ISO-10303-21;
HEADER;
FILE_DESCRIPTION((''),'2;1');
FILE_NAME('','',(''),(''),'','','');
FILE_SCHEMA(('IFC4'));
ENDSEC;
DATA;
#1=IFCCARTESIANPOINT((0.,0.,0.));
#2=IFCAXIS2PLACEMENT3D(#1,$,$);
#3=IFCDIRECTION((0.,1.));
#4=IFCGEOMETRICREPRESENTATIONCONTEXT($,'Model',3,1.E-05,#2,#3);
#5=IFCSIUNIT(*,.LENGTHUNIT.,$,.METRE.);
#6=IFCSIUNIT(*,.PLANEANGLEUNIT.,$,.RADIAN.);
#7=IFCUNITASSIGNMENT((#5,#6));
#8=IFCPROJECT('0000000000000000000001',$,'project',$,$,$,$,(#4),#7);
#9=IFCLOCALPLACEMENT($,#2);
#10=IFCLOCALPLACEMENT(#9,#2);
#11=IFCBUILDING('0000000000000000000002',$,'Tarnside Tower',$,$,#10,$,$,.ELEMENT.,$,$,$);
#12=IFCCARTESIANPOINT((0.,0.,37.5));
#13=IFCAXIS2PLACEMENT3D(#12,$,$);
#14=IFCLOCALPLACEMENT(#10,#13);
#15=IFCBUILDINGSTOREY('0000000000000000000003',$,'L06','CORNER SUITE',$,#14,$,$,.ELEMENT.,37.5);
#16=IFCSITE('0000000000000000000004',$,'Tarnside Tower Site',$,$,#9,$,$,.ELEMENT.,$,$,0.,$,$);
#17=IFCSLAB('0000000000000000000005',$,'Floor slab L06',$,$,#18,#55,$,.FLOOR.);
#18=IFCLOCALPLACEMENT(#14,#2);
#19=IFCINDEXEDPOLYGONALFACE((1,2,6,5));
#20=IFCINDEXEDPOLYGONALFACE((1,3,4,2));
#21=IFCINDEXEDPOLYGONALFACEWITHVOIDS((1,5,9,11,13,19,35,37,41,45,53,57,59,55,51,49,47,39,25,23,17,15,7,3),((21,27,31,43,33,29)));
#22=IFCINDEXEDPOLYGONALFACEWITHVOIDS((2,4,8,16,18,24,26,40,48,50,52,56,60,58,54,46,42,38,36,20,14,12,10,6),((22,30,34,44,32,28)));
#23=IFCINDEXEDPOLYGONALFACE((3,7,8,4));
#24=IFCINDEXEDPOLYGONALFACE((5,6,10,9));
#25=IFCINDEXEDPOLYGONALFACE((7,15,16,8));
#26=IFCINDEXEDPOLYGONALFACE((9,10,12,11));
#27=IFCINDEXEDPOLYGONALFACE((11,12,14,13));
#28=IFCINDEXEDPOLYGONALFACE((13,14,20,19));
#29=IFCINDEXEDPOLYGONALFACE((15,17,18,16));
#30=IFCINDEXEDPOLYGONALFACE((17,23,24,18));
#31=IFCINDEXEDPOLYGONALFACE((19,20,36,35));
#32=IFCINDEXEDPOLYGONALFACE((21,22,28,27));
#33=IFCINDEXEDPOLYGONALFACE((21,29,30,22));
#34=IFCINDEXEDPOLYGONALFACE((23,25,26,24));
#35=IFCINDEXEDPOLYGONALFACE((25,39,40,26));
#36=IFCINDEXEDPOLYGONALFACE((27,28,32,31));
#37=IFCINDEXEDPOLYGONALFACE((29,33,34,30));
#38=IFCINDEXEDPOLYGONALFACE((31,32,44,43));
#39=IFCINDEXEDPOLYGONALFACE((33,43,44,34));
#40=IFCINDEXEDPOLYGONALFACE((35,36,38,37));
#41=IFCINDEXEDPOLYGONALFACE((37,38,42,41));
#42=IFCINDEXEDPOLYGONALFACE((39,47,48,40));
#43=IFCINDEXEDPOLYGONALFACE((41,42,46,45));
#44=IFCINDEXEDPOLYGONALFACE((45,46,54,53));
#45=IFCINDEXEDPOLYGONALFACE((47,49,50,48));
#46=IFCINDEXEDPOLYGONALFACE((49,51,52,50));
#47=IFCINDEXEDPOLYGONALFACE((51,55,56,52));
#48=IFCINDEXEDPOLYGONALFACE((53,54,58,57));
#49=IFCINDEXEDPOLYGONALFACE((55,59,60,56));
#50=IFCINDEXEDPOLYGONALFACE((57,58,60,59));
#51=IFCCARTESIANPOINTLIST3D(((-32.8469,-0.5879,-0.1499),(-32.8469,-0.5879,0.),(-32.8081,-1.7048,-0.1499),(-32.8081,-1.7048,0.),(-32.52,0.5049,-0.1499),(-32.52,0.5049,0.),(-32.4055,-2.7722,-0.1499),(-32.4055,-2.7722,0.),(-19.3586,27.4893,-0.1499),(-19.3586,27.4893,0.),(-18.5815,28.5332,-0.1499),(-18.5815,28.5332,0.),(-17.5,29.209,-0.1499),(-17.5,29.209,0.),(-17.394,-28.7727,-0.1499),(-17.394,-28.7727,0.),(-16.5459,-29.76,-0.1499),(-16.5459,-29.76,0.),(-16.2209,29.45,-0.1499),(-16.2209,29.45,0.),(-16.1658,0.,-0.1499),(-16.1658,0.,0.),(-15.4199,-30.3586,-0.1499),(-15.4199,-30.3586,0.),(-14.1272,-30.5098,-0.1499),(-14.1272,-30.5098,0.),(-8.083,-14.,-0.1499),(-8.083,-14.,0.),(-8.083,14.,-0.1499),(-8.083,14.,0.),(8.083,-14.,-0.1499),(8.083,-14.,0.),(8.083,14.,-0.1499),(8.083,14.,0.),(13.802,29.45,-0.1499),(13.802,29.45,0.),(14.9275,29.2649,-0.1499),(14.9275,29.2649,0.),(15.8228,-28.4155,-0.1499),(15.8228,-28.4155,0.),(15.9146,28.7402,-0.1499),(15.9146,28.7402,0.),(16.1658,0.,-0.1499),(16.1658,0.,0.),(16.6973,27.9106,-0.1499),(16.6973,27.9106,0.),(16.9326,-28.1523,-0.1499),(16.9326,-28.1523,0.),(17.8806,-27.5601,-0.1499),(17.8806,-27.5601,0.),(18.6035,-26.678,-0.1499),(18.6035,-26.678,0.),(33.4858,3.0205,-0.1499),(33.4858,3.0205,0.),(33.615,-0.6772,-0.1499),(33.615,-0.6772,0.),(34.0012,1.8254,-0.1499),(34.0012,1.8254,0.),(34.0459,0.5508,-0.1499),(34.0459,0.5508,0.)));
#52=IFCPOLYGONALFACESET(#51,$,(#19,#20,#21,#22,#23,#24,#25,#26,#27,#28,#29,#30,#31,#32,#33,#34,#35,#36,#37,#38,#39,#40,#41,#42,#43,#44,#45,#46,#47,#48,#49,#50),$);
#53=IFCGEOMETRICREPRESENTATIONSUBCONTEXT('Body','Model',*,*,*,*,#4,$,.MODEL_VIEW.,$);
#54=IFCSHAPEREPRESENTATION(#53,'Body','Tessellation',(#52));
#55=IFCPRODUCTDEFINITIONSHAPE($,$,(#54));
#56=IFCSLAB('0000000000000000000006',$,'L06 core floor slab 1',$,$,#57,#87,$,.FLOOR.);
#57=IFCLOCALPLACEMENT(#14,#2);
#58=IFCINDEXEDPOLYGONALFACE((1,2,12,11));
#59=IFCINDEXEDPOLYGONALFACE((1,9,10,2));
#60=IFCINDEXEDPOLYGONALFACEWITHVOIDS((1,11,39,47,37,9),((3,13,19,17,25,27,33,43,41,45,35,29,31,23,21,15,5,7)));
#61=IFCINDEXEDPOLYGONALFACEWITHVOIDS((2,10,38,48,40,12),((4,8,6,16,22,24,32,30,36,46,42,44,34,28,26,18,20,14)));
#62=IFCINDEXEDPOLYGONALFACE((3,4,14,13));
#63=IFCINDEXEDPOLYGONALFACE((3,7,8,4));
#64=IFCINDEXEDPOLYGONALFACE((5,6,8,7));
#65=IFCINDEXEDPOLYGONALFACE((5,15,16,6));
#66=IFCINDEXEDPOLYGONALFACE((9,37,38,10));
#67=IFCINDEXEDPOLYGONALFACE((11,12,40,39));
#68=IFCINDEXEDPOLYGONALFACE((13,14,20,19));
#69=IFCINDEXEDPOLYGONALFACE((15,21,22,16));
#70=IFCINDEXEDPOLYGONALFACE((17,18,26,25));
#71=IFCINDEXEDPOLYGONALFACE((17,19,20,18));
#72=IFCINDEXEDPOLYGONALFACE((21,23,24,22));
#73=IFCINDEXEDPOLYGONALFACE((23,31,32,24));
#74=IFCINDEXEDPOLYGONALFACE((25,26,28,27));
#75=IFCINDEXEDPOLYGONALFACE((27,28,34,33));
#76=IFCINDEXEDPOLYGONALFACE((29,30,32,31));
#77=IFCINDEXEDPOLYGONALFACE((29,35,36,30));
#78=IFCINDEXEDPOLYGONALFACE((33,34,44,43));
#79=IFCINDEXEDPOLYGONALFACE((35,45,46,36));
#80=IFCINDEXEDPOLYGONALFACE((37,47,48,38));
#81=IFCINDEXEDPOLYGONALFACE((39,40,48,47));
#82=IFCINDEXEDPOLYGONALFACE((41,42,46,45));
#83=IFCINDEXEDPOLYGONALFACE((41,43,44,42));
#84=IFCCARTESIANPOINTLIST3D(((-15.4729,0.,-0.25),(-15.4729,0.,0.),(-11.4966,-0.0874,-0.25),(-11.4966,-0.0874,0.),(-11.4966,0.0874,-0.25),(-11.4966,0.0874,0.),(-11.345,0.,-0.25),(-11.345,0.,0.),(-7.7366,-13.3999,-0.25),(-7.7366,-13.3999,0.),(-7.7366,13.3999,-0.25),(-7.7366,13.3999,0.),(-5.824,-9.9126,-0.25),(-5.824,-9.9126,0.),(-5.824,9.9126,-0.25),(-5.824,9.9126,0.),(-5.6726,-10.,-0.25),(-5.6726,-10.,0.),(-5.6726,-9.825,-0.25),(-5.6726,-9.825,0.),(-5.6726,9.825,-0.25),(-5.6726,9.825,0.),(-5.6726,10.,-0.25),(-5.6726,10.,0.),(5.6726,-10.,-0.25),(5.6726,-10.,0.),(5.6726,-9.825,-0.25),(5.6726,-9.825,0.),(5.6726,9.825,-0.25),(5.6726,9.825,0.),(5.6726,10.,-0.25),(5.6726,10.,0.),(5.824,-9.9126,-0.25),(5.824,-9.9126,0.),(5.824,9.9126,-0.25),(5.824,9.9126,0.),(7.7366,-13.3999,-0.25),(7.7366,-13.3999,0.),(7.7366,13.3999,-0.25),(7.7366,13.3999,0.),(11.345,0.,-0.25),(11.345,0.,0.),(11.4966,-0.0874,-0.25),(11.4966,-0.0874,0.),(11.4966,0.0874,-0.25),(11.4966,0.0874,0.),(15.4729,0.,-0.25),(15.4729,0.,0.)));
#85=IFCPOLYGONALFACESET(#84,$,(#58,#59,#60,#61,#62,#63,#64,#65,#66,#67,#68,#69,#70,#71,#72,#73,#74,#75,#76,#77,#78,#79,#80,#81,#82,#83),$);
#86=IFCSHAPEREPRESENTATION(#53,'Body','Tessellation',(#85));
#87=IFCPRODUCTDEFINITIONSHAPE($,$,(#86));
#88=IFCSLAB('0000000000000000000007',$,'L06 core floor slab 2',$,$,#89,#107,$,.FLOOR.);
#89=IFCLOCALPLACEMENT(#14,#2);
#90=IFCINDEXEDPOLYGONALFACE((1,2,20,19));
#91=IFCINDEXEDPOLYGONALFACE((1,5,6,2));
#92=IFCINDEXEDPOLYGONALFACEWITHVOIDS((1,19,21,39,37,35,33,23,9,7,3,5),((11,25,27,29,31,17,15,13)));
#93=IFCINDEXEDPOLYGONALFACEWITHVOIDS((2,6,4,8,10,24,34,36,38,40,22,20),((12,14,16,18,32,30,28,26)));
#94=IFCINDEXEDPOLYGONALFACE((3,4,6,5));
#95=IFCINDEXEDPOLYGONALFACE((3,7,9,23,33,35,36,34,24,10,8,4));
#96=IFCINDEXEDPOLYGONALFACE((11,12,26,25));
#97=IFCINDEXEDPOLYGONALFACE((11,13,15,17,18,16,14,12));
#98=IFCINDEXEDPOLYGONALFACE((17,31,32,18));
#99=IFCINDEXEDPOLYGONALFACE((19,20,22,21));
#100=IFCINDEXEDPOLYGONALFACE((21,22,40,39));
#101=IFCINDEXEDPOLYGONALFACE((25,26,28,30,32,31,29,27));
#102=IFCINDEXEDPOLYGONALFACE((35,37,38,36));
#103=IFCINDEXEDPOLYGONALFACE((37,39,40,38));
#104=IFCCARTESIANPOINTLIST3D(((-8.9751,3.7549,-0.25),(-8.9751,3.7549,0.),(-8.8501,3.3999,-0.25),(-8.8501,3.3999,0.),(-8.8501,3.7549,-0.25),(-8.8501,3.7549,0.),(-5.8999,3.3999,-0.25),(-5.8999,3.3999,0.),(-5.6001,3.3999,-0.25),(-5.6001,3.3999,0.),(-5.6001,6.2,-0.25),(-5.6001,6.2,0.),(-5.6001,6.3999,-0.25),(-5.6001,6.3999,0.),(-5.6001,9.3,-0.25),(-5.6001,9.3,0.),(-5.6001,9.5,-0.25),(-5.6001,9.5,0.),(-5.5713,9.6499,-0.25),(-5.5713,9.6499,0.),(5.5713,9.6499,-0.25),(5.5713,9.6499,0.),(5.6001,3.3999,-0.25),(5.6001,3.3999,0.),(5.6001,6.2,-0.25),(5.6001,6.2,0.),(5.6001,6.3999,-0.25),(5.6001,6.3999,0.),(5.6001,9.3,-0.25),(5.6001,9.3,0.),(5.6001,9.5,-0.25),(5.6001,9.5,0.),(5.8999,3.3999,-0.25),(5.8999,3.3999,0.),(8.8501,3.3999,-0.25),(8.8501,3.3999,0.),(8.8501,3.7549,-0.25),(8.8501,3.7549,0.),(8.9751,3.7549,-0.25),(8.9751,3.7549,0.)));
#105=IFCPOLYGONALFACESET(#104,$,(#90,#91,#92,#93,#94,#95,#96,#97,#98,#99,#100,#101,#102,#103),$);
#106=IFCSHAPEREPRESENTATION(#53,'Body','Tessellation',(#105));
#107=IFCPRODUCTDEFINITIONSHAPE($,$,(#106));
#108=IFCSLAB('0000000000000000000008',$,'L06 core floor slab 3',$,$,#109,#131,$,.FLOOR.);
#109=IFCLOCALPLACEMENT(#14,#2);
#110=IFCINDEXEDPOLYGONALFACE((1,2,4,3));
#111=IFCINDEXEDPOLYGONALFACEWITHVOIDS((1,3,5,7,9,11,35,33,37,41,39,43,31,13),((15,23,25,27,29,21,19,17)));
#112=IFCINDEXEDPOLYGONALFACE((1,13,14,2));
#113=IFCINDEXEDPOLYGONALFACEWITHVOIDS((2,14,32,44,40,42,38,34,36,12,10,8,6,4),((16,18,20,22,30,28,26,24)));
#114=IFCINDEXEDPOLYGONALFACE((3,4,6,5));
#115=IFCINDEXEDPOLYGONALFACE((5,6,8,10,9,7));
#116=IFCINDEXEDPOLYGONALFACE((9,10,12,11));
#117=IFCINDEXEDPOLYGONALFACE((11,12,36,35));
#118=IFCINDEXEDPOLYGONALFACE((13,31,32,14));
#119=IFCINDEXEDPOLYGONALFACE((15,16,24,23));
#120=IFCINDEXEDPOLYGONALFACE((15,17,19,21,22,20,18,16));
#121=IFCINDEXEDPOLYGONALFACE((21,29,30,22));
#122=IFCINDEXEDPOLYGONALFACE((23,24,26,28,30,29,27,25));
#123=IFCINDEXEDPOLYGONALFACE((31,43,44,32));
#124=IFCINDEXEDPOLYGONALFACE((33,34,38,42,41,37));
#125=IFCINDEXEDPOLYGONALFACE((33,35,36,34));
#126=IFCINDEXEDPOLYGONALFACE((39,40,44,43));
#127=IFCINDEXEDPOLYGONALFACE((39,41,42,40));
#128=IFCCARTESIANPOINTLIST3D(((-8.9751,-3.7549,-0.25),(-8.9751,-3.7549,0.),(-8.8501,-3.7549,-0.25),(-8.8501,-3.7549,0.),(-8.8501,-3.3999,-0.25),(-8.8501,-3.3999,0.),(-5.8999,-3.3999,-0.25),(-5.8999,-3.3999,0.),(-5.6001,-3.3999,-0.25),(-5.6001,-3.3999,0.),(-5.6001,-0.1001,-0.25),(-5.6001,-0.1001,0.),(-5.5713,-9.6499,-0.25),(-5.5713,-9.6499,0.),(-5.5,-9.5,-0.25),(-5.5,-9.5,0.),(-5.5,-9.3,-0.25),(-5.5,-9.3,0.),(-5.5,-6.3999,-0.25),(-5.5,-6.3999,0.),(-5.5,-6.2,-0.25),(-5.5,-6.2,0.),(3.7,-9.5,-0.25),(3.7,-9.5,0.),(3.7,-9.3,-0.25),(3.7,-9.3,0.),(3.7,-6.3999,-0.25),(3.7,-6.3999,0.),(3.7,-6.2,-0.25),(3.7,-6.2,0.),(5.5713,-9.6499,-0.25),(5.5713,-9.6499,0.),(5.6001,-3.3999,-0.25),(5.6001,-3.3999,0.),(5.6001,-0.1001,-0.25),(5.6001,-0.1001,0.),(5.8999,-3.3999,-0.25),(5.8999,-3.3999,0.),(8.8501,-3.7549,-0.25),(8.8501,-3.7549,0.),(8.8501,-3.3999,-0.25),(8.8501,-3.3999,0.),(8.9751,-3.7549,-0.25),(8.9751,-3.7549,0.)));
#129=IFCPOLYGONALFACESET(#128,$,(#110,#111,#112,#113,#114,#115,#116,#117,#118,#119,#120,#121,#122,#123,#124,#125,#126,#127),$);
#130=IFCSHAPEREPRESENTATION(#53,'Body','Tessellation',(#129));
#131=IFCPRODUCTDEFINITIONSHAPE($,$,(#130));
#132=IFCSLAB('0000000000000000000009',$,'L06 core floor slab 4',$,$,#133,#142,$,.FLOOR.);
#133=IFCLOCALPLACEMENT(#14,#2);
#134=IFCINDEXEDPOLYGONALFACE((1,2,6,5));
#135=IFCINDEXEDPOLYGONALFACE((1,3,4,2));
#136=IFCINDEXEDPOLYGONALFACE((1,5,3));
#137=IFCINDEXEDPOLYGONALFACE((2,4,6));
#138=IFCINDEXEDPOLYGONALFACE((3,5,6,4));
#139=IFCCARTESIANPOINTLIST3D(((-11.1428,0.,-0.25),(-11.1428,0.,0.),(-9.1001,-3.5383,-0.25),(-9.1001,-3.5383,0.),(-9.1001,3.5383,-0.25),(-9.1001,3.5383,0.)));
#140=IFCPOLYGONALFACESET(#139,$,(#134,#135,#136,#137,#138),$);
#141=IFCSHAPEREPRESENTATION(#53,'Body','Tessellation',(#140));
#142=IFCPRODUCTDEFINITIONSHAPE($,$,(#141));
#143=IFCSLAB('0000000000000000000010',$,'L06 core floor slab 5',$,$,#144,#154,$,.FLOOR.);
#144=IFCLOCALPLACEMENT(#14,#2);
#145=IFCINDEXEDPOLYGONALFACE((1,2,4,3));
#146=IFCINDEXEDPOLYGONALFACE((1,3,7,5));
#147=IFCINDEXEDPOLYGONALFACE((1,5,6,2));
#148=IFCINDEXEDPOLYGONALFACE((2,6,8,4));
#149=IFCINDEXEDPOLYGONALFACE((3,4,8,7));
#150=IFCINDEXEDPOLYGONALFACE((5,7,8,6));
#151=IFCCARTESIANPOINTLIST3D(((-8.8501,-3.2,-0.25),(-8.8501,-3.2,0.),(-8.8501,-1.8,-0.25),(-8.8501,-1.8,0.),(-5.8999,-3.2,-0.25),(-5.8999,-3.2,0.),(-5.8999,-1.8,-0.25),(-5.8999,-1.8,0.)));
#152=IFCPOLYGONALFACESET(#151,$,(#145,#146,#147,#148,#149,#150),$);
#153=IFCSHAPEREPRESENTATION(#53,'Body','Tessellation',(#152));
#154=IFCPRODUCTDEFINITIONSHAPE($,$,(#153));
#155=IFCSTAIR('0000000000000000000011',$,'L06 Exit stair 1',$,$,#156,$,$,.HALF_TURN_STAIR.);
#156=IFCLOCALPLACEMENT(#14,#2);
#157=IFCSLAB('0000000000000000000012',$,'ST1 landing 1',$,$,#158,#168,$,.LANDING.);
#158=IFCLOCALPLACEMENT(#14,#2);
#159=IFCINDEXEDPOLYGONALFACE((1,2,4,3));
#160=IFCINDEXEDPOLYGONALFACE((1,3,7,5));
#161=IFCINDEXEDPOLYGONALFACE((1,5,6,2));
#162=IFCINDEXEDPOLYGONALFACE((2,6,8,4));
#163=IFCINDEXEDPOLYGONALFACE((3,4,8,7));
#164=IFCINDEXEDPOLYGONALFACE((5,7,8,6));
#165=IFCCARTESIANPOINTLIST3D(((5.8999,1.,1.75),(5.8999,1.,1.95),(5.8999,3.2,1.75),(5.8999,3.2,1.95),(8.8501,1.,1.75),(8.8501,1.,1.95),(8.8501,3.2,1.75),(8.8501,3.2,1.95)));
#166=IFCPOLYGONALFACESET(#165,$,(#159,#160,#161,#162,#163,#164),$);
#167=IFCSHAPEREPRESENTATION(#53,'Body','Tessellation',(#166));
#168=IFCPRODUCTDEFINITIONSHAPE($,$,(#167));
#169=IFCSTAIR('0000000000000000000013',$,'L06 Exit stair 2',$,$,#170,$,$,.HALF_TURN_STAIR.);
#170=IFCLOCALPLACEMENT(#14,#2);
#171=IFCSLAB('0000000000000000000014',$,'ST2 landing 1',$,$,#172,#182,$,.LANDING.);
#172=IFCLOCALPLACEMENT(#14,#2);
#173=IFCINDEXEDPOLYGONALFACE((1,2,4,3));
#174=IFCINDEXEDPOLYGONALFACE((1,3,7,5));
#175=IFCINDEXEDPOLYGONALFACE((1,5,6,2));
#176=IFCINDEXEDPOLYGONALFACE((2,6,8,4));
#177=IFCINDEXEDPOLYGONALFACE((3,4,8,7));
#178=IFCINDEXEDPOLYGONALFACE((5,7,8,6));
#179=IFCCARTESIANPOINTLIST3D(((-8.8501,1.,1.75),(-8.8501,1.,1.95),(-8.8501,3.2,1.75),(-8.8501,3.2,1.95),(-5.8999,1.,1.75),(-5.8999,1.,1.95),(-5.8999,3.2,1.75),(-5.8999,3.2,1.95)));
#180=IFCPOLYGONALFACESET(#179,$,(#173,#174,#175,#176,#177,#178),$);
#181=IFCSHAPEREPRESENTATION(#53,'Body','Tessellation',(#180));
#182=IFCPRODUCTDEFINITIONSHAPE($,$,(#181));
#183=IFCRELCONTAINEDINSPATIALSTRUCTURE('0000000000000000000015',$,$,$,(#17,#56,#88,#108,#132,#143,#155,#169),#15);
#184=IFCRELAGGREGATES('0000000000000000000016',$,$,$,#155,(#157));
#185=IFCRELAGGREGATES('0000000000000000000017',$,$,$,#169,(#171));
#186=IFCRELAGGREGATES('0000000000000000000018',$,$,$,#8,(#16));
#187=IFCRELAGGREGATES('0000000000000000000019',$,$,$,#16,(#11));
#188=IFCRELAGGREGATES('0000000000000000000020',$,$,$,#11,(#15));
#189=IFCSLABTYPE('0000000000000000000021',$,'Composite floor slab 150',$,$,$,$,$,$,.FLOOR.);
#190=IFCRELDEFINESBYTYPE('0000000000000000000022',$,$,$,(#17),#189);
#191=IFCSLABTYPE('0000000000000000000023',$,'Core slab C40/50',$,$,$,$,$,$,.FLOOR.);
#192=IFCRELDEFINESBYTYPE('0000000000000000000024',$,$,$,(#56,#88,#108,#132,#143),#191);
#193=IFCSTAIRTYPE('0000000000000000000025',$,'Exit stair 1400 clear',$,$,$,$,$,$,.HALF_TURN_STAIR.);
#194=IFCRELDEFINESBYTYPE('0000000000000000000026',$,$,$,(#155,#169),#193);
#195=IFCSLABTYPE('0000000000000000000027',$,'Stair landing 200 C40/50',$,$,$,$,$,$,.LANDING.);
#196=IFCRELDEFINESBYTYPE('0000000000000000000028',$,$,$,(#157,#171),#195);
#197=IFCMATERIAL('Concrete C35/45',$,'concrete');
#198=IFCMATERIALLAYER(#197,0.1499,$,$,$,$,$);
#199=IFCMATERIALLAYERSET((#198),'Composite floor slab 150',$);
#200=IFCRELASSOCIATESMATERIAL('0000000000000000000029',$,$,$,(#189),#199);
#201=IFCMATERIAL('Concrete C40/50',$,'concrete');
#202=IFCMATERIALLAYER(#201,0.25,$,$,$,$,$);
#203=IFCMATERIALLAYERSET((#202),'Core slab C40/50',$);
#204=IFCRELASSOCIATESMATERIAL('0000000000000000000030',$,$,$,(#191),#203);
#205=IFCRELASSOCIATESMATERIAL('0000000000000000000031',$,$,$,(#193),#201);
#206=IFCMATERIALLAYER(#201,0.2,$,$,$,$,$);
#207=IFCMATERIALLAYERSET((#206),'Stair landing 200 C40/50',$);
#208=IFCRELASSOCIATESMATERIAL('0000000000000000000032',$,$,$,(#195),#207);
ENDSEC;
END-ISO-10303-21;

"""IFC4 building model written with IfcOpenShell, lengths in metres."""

from ifc_helpers import new_model, si_unit, direction, frame, origin, place, context, subcontext, project, spatial, polyline, outline, extrude, material, layer, layer_set, type_object, element, aggregate, save


model = new_model("IFC4")

# Units and contexts
model_context = context("Model", 3, precision=1e-05, world=origin(), true_north=direction((0.0, 1.0)))
body_context = subcontext(model_context, "Body", "Model", "MODEL_VIEW")
ifc_project = project(units=[si_unit("LENGTHUNIT", "METRE"), si_unit("PLANEANGLEUNIT", "RADIAN")], contexts=[model_context])

# Site, building, storey
site_placement = place(None, origin())
site = spatial("IfcSite", under=ifc_project, at=site_placement, Name="Tarnside Tower Site", CompositionType="ELEMENT", RefElevation=0.0)
building_placement = place(site_placement, origin())
building = spatial("IfcBuilding", under=site, at=building_placement, Name="Tarnside Tower", CompositionType="ELEMENT")
storey_placement = place(building_placement, frame((0.0, 0.0, 37.5)))
storey = spatial("IfcBuildingStorey", under=building, at=storey_placement, Name="L06", Description="CORNER SUITE", CompositionType="ELEMENT", Elevation=37.5)

# Slabs
ifc_material_1 = material(Name="Concrete C35/45", Category="concrete")
ifc_layer_1 = layer(ifc_material_1, 0.1499)
ifc_layer_set_1 = layer_set([ifc_layer_1], Name="Composite floor slab 150")
slab_type_1 = type_object("IfcSlabType", Name="Composite floor slab 150", PredefinedType="FLOOR", material=ifc_layer_set_1)
slab_1_placement = place(storey_placement, frame((0.0, 0.0, -0.1499)))
element("IfcSlab", 1, at=slab_1_placement, inside=storey, type_object=slab_type_1, Name="Floor slab L06", PredefinedType="FLOOR", context=body_context, shape_type="SweptSolid", body=[
    extrude(outline(polyline([(14.9275, 29.2649), (15.9146, 28.7402), (16.6973, 27.9106), (33.4858, 3.0205), (34.0012, 1.8254), (34.0459, 0.5508), (33.615, -0.6772), (18.6035, -26.678), (17.8806, -27.5601), (16.9326, -28.1523), (15.8228, -28.4155), (-14.1272, -30.5098), (-15.4199, -30.3586), (-16.5459, -29.76), (-17.394, -28.7727), (-32.4055, -2.7722), (-32.8081, -1.7048), (-32.8469, -0.5879), (-32.52, 0.5049), (-19.3586, 27.4893), (-18.5815, 28.5332), (-17.5, 29.209), (-16.2209, 29.45), (13.802, 29.45), (14.9275, 29.2649)]), holes=[polyline([(-16.1658, 0.0), (-8.083, -14.0), (8.083, -14.0), (16.1658, 0.0), (8.083, 14.0), (-8.083, 14.0), (-16.1658, 0.0)])]), origin(), (0.0, 0.0, 1.0), 0.1499),
])
ifc_material_2 = material(Name="Concrete C40/50", Category="concrete")
ifc_layer_2 = layer(ifc_material_2, 0.25)
ifc_layer_set_2 = layer_set([ifc_layer_2], Name="Core slab C40/50")
slab_type_2 = type_object("IfcSlabType", Name="Core slab C40/50", PredefinedType="FLOOR", material=ifc_layer_set_2)
slab_2_placement = place(storey_placement, frame((0.0, 0.0, -0.25)))
element("IfcSlab", 2, at=slab_2_placement, inside=storey, type_object=slab_type_2, Name="L06 core floor slab 1", PredefinedType="FLOOR", context=body_context, shape_type="SweptSolid", body=[
    extrude(outline(polyline([(-15.4729, 0.0), (-7.7366, 13.3999), (7.7366, 13.3999), (15.4729, 0.0), (7.7366, -13.3999), (-7.7366, -13.3999), (-15.4729, 0.0)]), holes=[polyline([(5.824, -9.9126), (11.4966, -0.0874), (11.345, 0.0), (11.4966, 0.0874), (5.824, 9.9126), (5.6726, 9.825), (5.6726, 10.0), (-5.6726, 10.0), (-5.6726, 9.825), (-5.824, 9.9126), (-11.4966, 0.0874), (-11.345, 0.0), (-11.4966, -0.0874), (-5.824, -9.9126), (-5.6726, -9.825), (-5.6726, -10.0), (5.6726, -10.0), (5.6726, -9.825), (5.824, -9.9126)])]), origin(), (0.0, 0.0, 1.0), 0.25),
])
slab_3_placement = place(storey_placement, frame((0.0, 0.0, -0.25)))
element("IfcSlab", 3, at=slab_3_placement, inside=storey, type_object=slab_type_2, Name="L06 core floor slab 2", PredefinedType="FLOOR", context=body_context, shape_type="SweptSolid", body=[
    extrude(outline(polyline([(-8.9751, 3.7549), (-5.5713, 9.6499), (5.5713, 9.6499), (8.9751, 3.7549), (8.8501, 3.7549), (8.8501, 3.3999), (5.8999, 3.3999), (5.6001, 3.3999), (5.6001, 3.3999), (-5.6001, 3.3999), (-5.8999, 3.3999), (-8.8501, 3.3999), (-8.8501, 3.7549), (-8.9751, 3.7549)]), holes=[polyline([(-5.6001, 6.2), (5.6001, 6.2), (5.6001, 6.3999), (5.6001, 9.3), (5.6001, 9.5), (-5.6001, 9.5), (-5.6001, 9.3), (-5.6001, 6.3999), (-5.6001, 6.2)])]), origin(), (0.0, 0.0, 1.0), 0.25),
])
slab_4_placement = place(storey_placement, frame((0.0, 0.0, -0.25)))
element("IfcSlab", 4, at=slab_4_placement, inside=storey, type_object=slab_type_2, Name="L06 core floor slab 3", PredefinedType="FLOOR", context=body_context, shape_type="SweptSolid", body=[
    extrude(outline(polyline([(5.6001, -3.3999), (5.8999, -3.3999), (8.8501, -3.3999), (8.8501, -3.7549), (8.9751, -3.7549), (5.5713, -9.6499), (-5.5713, -9.6499), (-8.9751, -3.7549), (-8.8501, -3.7549), (-8.8501, -3.3999), (-5.8999, -3.3999), (-5.6001, -3.3999), (-5.6001, -0.1001), (5.6001, -0.1001), (5.6001, -3.3999)]), holes=[polyline([(-5.5, -9.3), (-5.5, -9.5), (3.7, -9.5), (3.7, -9.3), (3.7, -6.3999), (3.7, -6.2), (-5.5, -6.2), (-5.5, -6.3999), (-5.5, -9.3)])]), origin(), (0.0, 0.0, 1.0), 0.25),
])
slab_5_placement = place(storey_placement, frame((0.0, 0.0, -0.25)))
element("IfcSlab", 5, at=slab_5_placement, inside=storey, type_object=slab_type_2, Name="L06 core floor slab 4", PredefinedType="FLOOR", context=body_context, shape_type="SweptSolid", body=[
    extrude(outline(polyline([(-11.1428, 0.0), (-9.1001, 3.5383), (-9.1001, -3.5383), (-11.1428, 0.0)])), origin(), (0.0, 0.0, 1.0), 0.25),
])
slab_6_placement = place(storey_placement, frame((0.0, 0.0, -0.25)))
element("IfcSlab", 6, at=slab_6_placement, inside=storey, type_object=slab_type_2, Name="L06 core floor slab 5", PredefinedType="FLOOR", context=body_context, shape_type="SweptSolid", body=[
    extrude(outline(polyline([(-8.8501, -1.8), (-5.8999, -1.8), (-5.8999, -3.2), (-8.8501, -3.2), (-8.8501, -1.8)])), origin(), (0.0, 0.0, 1.0), 0.25),
])

# Stairs, slabs
stair_type = type_object("IfcStairType", Name="Exit stair 1400 clear", PredefinedType="HALF_TURN_STAIR", material=ifc_material_2)
stair_1_placement = place(storey_placement, origin())
stair_1 = element("IfcStair", 7, at=stair_1_placement, inside=storey, type_object=stair_type, Name="L06 Exit stair 1", PredefinedType="HALF_TURN_STAIR")
ifc_layer_3 = layer(ifc_material_2, 0.2)
ifc_layer_set_3 = layer_set([ifc_layer_3], Name="Stair landing 200 C40/50")
slab_type_3 = type_object("IfcSlabType", Name="Stair landing 200 C40/50", PredefinedType="LANDING", material=ifc_layer_set_3)
slab_7_placement = place(storey_placement, frame((0.0, 0.0, 1.75)))
slab_7 = element("IfcSlab", 8, at=slab_7_placement, type_object=slab_type_3, Name="ST1 landing 1", PredefinedType="LANDING", context=body_context, shape_type="SweptSolid", body=[
    extrude(outline(polyline([(8.8501, 1.0), (8.8501, 3.2), (5.8999, 3.2), (5.8999, 1.0), (8.8501, 1.0)])), origin(), (0.0, 0.0, 1.0), 0.2),
])
aggregate(stair_1, [slab_7])
stair_2_placement = place(storey_placement, origin())
stair_2 = element("IfcStair", 9, at=stair_2_placement, inside=storey, type_object=stair_type, Name="L06 Exit stair 2", PredefinedType="HALF_TURN_STAIR")
slab_8_placement = place(storey_placement, frame((0.0, 0.0, 1.75)))
slab_8 = element("IfcSlab", 10, at=slab_8_placement, type_object=slab_type_3, Name="ST2 landing 1", PredefinedType="LANDING", context=body_context, shape_type="SweptSolid", body=[
    extrude(outline(polyline([(-5.8999, 1.0), (-5.8999, 3.2), (-8.8501, 3.2), (-8.8501, 1.0), (-5.8999, 1.0)])), origin(), (0.0, 0.0, 1.0), 0.2),
])

aggregate(stair_2, [slab_8])

save(model, "model.ifc")
